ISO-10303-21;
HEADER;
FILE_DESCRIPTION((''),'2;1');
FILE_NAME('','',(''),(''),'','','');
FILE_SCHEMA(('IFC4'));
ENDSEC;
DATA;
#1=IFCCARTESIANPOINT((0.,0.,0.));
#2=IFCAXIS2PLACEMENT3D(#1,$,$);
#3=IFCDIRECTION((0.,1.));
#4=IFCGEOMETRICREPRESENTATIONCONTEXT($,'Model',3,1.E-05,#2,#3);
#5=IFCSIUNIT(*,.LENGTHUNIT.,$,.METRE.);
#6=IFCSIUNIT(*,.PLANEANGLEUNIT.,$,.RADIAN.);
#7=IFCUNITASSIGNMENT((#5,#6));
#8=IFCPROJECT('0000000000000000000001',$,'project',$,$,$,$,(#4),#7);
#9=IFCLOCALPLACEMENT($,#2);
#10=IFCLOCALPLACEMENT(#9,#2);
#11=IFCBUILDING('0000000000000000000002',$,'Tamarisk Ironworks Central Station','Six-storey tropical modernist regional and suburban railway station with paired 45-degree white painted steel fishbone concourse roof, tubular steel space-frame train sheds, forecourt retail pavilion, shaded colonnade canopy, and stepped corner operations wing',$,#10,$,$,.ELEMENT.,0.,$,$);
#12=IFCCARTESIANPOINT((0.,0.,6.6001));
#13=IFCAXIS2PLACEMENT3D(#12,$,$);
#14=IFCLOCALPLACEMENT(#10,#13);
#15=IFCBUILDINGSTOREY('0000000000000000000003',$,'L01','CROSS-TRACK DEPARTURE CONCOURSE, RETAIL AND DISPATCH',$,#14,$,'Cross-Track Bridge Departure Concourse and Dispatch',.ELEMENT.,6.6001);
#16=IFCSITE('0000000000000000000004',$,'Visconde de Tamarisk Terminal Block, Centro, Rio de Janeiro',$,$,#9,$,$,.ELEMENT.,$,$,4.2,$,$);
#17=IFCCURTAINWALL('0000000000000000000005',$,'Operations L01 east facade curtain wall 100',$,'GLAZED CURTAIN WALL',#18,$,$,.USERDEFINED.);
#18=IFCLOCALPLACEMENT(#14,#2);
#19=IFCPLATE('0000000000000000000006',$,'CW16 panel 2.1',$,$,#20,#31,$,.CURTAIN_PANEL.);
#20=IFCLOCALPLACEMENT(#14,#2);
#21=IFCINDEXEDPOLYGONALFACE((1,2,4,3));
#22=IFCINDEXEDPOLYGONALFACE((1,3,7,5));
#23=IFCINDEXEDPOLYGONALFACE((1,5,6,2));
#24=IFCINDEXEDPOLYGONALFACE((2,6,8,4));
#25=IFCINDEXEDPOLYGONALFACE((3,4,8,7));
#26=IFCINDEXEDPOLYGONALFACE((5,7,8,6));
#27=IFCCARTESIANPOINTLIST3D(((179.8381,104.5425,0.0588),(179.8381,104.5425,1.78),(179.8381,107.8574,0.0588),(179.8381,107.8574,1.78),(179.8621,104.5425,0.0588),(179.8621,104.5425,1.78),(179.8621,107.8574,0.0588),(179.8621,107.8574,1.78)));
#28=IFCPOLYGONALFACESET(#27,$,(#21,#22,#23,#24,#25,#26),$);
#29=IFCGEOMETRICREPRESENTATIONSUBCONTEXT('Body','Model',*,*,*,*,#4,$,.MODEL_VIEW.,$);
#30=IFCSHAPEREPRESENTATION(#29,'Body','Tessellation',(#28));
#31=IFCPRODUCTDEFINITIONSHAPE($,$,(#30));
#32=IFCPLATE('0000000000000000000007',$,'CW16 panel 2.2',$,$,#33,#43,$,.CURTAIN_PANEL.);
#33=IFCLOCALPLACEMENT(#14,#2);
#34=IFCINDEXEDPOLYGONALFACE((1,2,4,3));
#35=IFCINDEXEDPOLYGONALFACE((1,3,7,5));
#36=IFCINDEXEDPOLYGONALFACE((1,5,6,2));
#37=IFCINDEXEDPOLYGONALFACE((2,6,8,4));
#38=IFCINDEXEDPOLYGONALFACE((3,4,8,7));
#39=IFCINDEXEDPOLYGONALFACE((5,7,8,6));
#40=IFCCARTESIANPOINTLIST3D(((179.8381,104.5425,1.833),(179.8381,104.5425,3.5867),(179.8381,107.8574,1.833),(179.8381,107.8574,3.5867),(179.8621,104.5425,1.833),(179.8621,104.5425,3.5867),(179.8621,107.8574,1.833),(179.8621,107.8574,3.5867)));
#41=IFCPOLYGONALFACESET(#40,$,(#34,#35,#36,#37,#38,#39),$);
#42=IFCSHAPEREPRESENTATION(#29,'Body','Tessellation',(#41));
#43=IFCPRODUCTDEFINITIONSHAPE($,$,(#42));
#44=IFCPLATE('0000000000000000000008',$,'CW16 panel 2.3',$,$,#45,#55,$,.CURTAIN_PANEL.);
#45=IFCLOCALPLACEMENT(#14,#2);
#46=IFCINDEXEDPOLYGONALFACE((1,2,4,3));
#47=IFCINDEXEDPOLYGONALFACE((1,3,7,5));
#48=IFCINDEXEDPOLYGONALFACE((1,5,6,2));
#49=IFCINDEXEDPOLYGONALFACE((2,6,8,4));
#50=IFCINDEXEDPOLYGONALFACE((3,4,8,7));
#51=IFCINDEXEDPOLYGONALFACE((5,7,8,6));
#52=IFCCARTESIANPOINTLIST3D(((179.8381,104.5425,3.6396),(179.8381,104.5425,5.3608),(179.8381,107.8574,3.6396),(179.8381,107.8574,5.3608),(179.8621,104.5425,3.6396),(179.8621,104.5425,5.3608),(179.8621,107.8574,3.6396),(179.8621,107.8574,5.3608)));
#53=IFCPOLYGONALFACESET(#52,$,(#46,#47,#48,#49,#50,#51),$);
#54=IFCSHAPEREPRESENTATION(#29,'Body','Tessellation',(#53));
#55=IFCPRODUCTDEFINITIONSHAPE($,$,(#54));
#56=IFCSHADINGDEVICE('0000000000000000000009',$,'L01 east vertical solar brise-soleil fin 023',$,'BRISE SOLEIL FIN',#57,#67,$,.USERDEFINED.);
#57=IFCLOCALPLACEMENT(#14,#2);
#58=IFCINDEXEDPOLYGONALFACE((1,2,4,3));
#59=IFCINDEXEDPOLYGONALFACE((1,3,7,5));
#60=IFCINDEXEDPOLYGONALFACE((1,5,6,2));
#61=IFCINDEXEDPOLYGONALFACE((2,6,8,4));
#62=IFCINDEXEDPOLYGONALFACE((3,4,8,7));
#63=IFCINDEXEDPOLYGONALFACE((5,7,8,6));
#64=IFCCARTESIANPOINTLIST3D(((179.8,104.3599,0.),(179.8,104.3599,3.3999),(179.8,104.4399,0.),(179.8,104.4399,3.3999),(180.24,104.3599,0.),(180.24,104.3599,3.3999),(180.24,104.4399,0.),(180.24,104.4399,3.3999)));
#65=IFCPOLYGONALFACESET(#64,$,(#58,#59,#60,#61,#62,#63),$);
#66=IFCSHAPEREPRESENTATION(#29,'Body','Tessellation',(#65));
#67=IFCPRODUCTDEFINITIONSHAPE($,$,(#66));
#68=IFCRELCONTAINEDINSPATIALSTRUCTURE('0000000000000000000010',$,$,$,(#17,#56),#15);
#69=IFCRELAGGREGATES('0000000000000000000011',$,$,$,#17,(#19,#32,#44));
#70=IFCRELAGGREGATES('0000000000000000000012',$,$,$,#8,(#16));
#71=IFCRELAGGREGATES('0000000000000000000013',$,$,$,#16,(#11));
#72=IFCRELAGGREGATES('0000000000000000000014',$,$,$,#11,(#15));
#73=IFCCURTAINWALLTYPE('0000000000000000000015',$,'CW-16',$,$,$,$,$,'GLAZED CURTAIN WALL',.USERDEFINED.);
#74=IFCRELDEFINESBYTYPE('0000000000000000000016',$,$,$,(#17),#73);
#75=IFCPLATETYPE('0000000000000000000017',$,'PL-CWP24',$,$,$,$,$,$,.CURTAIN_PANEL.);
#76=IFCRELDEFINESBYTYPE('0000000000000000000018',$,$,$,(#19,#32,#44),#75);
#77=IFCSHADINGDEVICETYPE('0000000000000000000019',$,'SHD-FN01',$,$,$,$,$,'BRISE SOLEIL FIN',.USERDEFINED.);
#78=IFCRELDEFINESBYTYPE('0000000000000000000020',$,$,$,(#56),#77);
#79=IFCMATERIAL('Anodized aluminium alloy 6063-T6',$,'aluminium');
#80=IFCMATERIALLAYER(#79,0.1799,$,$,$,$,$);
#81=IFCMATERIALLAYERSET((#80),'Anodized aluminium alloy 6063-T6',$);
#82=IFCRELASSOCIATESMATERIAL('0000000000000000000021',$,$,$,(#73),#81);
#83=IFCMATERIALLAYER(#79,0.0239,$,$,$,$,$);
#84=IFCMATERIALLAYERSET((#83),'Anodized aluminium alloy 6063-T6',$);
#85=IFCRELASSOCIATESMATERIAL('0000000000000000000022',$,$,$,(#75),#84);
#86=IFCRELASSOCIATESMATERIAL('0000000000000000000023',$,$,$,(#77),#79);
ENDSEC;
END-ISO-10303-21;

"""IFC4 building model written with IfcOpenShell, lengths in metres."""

from ifc_helpers import new_model, si_unit, direction, frame, origin, origin_2d, place, context, subcontext, project, spatial, rectangle, extrude, material, layer, layer_set, type_object, element, aggregate, save


model = new_model("IFC4")

# Units and contexts
model_context = context("Model", 3, precision=1e-05, world=origin(), true_north=direction((0.0, 1.0)))
body_context = subcontext(model_context, "Body", "Model", "MODEL_VIEW")
ifc_project = project(units=[si_unit("LENGTHUNIT", "METRE"), si_unit("PLANEANGLEUNIT", "RADIAN")], contexts=[model_context])

# Site, building, storey
site_placement = place(None, origin())
site = spatial("IfcSite", under=ifc_project, at=site_placement, Name="Visconde de Tamarisk Terminal Block, Centro, Rio de Janeiro", CompositionType="ELEMENT", RefElevation=4.2)
building_placement = place(site_placement, origin())
building = spatial("IfcBuilding", under=site, at=building_placement, Name="Tamarisk Ironworks Central Station", Description="Six-storey tropical modernist regional and suburban railway station with paired 45-degree white painted steel fishbone concourse roof, tubular steel space-frame train sheds, forecourt retail pavilion, shaded colonnade canopy, and stepped corner operations wing", CompositionType="ELEMENT", ElevationOfRefHeight=0.0)
storey_placement = place(building_placement, frame((0.0, 0.0, 6.6001)))
storey = spatial("IfcBuildingStorey", under=building, at=storey_placement, Name="L01", Description="CROSS-TRACK DEPARTURE CONCOURSE, RETAIL AND DISPATCH", LongName="Cross-Track Bridge Departure Concourse and Dispatch", CompositionType="ELEMENT", Elevation=6.6001)

# Curtain wall, plates
ifc_material_1 = material(Name="Anodized aluminium alloy 6063-T6", Category="aluminium")
ifc_layer_1 = layer(ifc_material_1, 0.1799)
ifc_layer_set_1 = layer_set([ifc_layer_1], Name="Anodized aluminium alloy 6063-T6")
curtain_wall_type = type_object("IfcCurtainWallType", Name="CW-16", ElementType="GLAZED CURTAIN WALL", PredefinedType="USERDEFINED", material=ifc_layer_set_1)
curtain_wall_placement = place(storey_placement, origin())
curtain_wall = element("IfcCurtainWall", 1, at=curtain_wall_placement, inside=storey, type_object=curtain_wall_type, Name="Operations L01 east facade curtain wall 100", ObjectType="GLAZED CURTAIN WALL", PredefinedType="USERDEFINED")
ifc_layer_2 = layer(ifc_material_1, 0.0239)
ifc_layer_set_2 = layer_set([ifc_layer_2], Name="Anodized aluminium alloy 6063-T6")
plate_type = type_object("IfcPlateType", Name="PL-CWP24", PredefinedType="CURTAIN_PANEL", material=ifc_layer_set_2)
plate_1_placement = place(storey_placement, frame((179.8501, 106.2, 0.0588), z_axis=(0.0, 0.0, 1.0), x_axis=(0.0, 1.0, 0.0)))
plate_1 = element("IfcPlate", 2, at=plate_1_placement, type_object=plate_type, Name="CW16 panel 2.1", PredefinedType="CURTAIN_PANEL", context=body_context, shape_type="SweptSolid", body=[
    extrude(rectangle(XDim=3.3149, YDim=0.0239, at=origin_2d()), origin(), (0.0, 0.0, 1.0), 1.7212),
])
plate_2_placement = place(storey_placement, frame((179.8501, 106.2, 1.833), z_axis=(0.0, 0.0, 1.0), x_axis=(0.0, 1.0, 0.0)))
plate_2 = element("IfcPlate", 3, at=plate_2_placement, type_object=plate_type, Name="CW16 panel 2.2", PredefinedType="CURTAIN_PANEL", context=body_context, shape_type="SweptSolid", body=[
    extrude(rectangle(XDim=3.3149, YDim=0.0239, at=origin_2d()), origin(), (0.0, 0.0, 1.0), 1.7537),
])
plate_3_placement = place(storey_placement, frame((179.8501, 106.2, 3.6396), z_axis=(0.0, 0.0, 1.0), x_axis=(0.0, 1.0, 0.0)))
plate_3 = element("IfcPlate", 4, at=plate_3_placement, type_object=plate_type, Name="CW16 panel 2.3", PredefinedType="CURTAIN_PANEL", context=body_context, shape_type="SweptSolid", body=[
    extrude(rectangle(XDim=3.3149, YDim=0.0239, at=origin_2d()), origin(), (0.0, 0.0, 1.0), 1.7212),
])
aggregate(curtain_wall, [plate_1, plate_2, plate_3])

# Shading device
shading_device_type = type_object("IfcShadingDeviceType", Name="SHD-FN01", ElementType="BRISE SOLEIL FIN", PredefinedType="USERDEFINED", material=ifc_material_1)
shading_device_placement = place(storey_placement, frame((180.02, 104.3999, 0.0), z_axis=(0.0, 0.0, 1.0), x_axis=(1.0, 0.0, 0.0)))
element("IfcShadingDevice", 5, at=shading_device_placement, inside=storey, type_object=shading_device_type, Name="L01 east vertical solar brise-soleil fin 023", ObjectType="BRISE SOLEIL FIN", PredefinedType="USERDEFINED", context=body_context, shape_type="SweptSolid", body=[
    extrude(rectangle(XDim=0.4399, YDim=0.0801, at=origin_2d()), origin(), (0.0, 0.0, 1.0), 3.3999),
])

save(model, "model.ifc")
